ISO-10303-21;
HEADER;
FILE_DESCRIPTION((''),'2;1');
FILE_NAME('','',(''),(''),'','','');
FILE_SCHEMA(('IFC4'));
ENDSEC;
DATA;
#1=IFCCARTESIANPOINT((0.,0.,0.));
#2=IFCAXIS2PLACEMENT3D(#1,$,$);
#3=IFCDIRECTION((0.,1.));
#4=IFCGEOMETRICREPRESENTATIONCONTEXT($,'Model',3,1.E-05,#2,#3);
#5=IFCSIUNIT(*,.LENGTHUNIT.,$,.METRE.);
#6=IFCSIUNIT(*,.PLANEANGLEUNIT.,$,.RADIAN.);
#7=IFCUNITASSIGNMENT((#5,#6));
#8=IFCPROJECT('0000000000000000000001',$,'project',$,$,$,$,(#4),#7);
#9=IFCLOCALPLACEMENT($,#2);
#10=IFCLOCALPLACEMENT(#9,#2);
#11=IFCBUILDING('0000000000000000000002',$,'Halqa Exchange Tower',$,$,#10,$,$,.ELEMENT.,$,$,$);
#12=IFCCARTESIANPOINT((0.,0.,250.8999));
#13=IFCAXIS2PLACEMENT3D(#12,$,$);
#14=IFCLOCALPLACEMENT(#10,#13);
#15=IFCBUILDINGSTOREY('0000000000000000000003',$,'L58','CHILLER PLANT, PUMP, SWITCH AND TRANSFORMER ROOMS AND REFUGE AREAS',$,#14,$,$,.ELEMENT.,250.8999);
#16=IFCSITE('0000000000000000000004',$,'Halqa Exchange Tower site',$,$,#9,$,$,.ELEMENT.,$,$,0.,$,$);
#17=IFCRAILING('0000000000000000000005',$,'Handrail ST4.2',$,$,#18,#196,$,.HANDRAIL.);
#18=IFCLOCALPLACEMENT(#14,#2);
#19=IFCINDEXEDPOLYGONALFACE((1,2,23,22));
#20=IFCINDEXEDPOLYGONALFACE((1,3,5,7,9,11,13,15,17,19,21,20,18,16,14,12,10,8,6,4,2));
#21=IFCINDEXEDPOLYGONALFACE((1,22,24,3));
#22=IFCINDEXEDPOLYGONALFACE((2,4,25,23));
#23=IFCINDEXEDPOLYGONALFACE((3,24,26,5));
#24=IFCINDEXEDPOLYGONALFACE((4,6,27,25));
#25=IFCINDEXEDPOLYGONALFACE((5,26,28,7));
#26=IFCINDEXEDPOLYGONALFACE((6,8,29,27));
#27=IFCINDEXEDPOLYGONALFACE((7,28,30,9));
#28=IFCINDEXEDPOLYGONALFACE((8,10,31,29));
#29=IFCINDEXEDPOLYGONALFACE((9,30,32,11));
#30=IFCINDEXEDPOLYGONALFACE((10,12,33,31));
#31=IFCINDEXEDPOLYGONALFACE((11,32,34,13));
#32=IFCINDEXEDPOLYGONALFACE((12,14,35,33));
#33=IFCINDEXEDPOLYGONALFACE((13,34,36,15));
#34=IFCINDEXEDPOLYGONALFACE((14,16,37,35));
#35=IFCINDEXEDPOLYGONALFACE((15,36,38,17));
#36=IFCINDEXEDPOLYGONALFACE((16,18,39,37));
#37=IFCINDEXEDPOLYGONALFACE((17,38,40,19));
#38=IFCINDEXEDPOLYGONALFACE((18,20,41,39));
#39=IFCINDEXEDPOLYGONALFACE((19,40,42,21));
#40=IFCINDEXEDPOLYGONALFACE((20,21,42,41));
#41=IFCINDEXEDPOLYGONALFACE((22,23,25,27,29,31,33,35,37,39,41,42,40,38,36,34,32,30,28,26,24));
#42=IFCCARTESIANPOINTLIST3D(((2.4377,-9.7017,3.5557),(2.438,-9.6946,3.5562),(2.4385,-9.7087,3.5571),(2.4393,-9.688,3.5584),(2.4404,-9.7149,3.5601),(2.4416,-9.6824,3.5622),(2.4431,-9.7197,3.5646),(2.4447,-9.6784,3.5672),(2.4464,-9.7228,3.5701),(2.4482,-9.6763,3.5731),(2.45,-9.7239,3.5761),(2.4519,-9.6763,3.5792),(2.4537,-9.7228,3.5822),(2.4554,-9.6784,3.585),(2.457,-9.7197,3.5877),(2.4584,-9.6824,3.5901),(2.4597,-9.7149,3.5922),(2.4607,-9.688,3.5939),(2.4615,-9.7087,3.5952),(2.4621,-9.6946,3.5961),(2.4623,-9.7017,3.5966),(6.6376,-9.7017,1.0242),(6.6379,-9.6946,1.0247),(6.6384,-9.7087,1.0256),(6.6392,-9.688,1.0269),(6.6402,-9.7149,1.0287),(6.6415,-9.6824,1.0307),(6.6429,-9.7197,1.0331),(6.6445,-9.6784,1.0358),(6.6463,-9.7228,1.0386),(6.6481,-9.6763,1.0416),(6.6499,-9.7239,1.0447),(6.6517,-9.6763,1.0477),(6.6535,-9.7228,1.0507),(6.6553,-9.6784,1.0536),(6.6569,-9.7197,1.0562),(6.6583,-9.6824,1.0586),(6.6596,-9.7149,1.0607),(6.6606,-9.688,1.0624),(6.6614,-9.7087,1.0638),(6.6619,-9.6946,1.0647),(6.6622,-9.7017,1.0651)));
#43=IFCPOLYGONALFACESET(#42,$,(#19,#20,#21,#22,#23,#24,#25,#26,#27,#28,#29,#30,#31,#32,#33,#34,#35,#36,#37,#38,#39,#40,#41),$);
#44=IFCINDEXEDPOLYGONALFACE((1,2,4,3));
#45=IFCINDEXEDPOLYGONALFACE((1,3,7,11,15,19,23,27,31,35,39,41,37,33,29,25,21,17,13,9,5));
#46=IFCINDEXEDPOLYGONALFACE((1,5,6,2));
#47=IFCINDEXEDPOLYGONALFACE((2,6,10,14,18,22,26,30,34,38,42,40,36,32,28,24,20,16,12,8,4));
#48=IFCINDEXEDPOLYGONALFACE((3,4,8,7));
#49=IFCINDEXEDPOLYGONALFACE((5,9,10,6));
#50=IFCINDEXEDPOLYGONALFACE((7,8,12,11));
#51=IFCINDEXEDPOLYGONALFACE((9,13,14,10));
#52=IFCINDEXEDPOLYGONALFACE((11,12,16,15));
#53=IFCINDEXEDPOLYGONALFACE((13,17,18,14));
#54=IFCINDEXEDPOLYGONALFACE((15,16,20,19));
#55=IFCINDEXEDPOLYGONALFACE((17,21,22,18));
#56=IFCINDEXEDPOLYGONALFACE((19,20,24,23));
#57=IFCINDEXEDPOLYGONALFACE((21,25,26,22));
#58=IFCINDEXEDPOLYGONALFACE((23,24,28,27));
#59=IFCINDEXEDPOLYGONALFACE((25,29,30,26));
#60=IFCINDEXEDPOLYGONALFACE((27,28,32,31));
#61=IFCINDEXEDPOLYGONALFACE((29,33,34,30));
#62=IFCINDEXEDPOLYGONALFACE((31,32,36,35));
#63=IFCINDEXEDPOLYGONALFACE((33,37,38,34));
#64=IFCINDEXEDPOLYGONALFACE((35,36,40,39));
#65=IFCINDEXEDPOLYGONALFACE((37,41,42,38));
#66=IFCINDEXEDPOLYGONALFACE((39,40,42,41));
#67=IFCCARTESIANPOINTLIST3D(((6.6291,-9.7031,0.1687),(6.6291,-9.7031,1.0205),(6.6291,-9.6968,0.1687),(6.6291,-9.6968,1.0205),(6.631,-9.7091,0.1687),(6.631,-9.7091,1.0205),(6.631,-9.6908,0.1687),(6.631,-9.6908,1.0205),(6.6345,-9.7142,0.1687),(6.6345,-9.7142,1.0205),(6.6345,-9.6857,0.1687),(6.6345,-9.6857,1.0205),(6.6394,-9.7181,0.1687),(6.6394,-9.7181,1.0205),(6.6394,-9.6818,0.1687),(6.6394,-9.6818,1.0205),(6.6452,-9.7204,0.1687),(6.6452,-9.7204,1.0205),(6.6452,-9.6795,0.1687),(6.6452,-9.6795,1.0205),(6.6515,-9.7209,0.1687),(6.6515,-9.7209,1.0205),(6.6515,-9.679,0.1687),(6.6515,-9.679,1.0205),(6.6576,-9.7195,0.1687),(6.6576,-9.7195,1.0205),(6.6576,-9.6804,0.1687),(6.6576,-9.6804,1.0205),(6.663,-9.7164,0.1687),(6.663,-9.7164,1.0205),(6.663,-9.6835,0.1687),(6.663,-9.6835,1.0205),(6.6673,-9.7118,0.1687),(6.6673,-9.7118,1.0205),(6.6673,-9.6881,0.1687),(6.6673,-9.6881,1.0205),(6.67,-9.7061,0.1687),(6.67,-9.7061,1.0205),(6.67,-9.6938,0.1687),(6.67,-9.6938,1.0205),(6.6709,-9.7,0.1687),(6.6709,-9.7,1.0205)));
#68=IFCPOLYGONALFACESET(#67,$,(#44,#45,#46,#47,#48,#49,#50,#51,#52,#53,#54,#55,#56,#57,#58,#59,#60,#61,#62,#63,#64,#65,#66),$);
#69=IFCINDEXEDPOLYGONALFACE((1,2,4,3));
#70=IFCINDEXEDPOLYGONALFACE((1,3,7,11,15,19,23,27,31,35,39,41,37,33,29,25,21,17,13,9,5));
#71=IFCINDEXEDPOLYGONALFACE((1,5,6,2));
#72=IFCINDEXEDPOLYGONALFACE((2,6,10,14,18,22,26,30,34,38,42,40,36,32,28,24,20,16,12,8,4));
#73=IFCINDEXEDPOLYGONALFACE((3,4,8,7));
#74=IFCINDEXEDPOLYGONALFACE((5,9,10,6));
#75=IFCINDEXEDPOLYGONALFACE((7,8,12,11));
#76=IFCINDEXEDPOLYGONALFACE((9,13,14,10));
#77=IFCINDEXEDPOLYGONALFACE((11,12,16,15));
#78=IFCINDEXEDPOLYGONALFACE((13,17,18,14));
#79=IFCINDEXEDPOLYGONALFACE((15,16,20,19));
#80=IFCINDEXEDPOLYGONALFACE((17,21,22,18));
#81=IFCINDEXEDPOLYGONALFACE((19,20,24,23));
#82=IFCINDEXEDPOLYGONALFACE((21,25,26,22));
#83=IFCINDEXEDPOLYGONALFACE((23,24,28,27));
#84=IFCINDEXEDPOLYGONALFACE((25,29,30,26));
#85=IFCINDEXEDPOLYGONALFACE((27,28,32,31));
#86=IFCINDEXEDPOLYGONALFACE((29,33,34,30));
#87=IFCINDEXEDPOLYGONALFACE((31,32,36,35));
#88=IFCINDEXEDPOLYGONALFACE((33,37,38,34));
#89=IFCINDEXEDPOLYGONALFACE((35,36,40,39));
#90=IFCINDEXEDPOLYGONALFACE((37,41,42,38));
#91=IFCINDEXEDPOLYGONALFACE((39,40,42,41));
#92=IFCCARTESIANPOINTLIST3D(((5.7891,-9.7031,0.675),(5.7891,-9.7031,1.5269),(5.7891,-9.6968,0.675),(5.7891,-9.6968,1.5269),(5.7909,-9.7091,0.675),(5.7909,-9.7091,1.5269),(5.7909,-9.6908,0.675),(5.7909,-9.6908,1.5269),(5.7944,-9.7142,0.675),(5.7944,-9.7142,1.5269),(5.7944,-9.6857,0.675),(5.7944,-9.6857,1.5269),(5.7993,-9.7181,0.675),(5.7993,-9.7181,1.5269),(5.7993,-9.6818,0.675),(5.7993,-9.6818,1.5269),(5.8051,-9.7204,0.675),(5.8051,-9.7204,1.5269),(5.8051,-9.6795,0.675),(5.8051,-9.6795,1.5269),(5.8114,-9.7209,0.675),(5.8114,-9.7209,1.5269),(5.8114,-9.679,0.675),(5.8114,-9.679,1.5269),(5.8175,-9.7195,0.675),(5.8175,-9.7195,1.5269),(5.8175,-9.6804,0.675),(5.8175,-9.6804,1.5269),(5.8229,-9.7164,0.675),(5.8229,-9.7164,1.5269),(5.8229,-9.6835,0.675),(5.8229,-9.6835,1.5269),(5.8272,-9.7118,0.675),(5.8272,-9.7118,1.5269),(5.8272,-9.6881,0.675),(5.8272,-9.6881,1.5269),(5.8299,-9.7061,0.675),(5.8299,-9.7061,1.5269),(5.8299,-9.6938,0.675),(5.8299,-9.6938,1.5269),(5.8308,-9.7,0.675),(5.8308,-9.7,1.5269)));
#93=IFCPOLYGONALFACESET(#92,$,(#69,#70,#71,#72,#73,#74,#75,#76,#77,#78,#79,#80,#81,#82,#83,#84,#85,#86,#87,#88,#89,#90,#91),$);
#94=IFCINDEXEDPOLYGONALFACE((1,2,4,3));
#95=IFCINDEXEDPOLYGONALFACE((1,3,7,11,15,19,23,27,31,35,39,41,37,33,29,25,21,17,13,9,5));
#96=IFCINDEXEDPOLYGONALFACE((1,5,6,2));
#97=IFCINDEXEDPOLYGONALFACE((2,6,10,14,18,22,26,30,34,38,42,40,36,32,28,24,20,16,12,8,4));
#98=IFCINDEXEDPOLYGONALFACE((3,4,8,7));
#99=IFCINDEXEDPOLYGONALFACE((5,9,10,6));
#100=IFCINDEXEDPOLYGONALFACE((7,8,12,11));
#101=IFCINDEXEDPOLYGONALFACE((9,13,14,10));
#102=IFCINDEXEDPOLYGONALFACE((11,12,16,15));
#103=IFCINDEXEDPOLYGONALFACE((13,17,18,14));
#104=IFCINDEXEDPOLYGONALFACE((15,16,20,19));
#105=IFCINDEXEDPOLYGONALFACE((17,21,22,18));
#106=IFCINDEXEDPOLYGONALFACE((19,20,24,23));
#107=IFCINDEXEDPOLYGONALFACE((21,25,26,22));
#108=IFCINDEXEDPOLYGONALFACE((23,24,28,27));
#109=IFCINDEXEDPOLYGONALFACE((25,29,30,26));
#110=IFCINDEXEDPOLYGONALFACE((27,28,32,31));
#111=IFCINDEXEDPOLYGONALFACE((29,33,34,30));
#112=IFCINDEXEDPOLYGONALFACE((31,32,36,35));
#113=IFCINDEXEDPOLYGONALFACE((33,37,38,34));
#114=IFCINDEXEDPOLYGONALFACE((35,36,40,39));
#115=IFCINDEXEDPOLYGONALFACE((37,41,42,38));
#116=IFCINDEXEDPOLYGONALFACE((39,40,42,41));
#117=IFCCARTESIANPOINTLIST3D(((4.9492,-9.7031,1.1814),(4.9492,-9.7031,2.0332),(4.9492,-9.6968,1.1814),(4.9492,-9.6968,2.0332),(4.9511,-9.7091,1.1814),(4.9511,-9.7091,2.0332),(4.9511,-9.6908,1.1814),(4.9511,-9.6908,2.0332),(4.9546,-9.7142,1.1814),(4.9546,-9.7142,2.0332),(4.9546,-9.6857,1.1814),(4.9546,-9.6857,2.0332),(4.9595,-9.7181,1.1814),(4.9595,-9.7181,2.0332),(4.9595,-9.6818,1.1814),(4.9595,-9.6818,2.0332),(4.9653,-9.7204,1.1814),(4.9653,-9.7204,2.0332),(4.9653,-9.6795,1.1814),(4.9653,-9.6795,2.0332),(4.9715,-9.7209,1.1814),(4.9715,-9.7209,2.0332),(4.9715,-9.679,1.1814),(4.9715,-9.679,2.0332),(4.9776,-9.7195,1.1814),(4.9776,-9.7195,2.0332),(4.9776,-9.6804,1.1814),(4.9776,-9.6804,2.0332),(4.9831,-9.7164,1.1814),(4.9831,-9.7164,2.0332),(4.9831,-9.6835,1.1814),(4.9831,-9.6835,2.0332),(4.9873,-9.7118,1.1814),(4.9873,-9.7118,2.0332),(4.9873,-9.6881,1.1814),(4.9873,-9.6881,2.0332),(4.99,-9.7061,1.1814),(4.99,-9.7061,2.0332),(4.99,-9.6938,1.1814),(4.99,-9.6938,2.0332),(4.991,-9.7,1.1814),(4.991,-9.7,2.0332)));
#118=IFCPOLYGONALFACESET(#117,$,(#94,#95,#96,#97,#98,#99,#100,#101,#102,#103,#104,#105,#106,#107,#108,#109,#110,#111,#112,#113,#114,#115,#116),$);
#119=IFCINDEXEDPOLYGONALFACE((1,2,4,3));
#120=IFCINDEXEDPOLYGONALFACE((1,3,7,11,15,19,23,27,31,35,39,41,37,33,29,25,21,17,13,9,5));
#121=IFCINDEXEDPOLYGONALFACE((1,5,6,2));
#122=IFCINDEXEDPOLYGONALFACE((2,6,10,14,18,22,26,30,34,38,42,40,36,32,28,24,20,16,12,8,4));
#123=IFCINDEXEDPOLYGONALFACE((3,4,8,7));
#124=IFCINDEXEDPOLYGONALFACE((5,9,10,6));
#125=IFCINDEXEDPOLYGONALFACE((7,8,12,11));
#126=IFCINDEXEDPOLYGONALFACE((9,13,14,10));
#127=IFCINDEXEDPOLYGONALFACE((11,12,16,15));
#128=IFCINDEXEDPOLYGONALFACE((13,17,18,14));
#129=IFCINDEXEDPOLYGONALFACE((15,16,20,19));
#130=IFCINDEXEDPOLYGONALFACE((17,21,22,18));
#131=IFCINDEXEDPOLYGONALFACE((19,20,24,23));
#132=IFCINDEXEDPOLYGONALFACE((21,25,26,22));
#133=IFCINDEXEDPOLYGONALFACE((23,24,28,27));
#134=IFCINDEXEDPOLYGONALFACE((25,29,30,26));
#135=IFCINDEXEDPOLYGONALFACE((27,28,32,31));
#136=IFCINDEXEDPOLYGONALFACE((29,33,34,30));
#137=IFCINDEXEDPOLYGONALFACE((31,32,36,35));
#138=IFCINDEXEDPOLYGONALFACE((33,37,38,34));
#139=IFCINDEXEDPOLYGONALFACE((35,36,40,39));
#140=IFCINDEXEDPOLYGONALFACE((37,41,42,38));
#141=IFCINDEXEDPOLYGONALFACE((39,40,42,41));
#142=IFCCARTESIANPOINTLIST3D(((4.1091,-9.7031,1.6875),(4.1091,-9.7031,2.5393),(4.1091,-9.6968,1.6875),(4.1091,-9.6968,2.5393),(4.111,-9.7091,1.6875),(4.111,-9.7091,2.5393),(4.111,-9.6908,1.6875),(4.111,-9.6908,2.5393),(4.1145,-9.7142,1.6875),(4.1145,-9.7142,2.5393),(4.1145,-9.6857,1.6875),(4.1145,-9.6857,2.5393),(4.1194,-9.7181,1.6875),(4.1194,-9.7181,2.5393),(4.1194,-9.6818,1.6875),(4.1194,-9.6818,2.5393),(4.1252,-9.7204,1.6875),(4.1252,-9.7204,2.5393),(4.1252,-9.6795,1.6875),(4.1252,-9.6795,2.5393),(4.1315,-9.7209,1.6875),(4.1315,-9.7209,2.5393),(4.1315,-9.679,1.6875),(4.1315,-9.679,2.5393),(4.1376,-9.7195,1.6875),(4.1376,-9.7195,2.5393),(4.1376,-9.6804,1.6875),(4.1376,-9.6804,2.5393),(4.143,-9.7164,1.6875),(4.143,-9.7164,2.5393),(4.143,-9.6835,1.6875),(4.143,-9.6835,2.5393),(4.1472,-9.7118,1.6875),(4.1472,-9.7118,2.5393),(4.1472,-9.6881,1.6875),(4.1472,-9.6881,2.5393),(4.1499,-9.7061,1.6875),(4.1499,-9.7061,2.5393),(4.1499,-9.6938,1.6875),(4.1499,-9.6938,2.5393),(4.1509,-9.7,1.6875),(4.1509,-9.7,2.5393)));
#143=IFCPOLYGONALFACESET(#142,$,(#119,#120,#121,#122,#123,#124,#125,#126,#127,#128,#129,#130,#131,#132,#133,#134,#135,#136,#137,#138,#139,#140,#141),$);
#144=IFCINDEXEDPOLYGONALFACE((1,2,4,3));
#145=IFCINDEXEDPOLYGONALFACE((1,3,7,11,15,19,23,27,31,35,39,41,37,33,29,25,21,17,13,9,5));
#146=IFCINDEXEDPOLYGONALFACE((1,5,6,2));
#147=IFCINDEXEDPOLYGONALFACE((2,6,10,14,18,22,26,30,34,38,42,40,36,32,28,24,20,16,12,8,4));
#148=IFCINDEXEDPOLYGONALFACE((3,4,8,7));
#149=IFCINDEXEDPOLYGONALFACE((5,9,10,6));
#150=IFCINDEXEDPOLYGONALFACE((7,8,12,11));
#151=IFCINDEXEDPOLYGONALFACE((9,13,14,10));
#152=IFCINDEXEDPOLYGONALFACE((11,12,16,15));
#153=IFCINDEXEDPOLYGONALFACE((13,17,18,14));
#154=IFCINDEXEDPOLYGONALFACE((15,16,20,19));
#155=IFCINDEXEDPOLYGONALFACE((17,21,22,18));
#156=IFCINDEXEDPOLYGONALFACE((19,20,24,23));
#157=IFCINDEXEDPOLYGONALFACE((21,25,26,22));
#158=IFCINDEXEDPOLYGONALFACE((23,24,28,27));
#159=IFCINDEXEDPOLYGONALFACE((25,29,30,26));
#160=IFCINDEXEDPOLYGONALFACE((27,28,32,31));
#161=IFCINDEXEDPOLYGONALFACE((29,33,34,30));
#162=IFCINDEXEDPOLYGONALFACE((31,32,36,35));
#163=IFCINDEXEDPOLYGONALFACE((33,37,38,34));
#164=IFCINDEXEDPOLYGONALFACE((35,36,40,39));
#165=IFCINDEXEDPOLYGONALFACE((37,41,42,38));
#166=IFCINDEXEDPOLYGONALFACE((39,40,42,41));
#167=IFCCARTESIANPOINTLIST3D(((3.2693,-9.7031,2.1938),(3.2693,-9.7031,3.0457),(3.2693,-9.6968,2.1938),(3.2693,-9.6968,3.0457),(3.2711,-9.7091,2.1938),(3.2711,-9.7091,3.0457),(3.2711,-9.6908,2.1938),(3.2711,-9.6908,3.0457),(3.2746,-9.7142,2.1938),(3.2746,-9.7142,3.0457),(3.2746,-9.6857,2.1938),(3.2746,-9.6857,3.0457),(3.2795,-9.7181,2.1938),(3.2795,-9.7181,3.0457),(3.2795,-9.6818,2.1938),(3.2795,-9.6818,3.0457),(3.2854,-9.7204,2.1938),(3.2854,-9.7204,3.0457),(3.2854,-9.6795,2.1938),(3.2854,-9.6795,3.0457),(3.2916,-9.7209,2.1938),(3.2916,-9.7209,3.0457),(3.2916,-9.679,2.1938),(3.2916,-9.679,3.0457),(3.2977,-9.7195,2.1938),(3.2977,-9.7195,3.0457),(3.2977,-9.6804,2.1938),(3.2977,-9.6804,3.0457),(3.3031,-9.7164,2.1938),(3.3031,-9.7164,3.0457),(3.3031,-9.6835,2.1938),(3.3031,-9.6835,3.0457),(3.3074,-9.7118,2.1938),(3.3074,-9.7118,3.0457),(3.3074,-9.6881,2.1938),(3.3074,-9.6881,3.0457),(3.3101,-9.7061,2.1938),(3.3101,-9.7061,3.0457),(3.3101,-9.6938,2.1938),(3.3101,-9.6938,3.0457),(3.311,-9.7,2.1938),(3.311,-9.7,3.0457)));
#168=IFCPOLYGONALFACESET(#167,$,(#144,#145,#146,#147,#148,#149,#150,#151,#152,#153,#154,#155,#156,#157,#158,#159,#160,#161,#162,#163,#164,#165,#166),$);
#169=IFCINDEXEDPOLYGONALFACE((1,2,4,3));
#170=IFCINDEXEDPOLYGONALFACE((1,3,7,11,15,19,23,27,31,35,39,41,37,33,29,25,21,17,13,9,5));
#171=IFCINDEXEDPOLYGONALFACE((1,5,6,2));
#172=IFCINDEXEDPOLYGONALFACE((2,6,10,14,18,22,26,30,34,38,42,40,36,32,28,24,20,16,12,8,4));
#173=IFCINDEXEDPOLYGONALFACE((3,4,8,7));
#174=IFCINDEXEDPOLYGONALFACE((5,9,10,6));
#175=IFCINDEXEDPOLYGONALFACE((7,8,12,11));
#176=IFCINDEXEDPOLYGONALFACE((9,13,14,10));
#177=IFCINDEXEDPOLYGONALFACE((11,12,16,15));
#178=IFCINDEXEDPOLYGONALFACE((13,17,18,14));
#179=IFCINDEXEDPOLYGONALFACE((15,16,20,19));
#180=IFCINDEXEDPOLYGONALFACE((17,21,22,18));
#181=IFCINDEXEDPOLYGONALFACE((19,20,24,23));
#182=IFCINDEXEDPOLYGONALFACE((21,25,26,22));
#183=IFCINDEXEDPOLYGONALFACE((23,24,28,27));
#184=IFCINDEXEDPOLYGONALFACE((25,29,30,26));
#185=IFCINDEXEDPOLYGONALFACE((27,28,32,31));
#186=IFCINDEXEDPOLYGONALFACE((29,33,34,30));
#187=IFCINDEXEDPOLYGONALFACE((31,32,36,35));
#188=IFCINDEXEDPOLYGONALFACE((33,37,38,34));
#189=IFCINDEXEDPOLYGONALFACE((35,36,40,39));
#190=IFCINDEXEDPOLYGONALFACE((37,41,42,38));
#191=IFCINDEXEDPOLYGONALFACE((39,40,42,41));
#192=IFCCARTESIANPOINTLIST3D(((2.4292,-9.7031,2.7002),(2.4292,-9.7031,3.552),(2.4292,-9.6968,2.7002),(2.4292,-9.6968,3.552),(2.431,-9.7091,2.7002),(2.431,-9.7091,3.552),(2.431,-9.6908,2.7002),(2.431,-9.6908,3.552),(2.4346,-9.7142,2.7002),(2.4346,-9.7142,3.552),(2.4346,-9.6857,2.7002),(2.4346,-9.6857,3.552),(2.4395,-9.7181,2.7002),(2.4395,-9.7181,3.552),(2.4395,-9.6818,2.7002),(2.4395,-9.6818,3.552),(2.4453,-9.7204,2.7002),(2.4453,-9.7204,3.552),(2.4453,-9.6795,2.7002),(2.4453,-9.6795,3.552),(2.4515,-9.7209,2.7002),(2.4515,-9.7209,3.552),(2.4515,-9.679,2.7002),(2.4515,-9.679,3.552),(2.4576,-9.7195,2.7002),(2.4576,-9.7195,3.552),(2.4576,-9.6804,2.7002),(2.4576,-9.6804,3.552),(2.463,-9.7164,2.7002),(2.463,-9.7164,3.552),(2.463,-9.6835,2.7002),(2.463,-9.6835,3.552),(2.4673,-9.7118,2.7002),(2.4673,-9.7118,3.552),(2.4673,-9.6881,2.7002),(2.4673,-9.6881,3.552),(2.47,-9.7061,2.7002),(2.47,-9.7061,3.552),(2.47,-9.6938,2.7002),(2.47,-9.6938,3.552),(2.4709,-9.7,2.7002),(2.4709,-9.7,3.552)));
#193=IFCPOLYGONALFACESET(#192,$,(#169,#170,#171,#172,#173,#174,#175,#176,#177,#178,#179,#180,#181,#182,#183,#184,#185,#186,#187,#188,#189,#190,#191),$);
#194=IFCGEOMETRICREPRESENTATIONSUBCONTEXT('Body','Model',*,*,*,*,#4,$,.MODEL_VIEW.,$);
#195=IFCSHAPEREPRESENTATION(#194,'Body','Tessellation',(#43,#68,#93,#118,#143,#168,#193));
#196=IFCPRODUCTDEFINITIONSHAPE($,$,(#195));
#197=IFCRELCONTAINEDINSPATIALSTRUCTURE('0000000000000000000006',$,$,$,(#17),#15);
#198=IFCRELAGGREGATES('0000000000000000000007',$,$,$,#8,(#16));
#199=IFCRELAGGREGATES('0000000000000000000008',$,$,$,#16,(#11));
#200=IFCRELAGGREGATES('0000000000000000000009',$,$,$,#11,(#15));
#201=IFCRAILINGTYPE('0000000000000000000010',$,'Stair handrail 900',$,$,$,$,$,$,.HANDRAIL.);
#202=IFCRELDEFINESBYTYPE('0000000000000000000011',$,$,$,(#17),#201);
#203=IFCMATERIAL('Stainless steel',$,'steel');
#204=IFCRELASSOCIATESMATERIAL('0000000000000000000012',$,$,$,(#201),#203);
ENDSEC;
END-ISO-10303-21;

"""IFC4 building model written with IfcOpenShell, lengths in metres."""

from ifc_helpers import new_model, si_unit, direction, frame, origin, origin_2d, place, context, subcontext, project, spatial, circle, extrude, material, type_object, element, save


model = new_model("IFC4")

# Units and contexts
model_context = context("Model", 3, precision=1e-05, world=origin(), true_north=direction((0.0, 1.0)))
body_context = subcontext(model_context, "Body", "Model", "MODEL_VIEW")
ifc_project = project(units=[si_unit("LENGTHUNIT", "METRE"), si_unit("PLANEANGLEUNIT", "RADIAN")], contexts=[model_context])

# Site, building, storey
site_placement = place(None, origin())
site = spatial("IfcSite", under=ifc_project, at=site_placement, Name="Halqa Exchange Tower site", CompositionType="ELEMENT", RefElevation=0.0)
building_placement = place(site_placement, origin())
building = spatial("IfcBuilding", under=site, at=building_placement, Name="Halqa Exchange Tower", CompositionType="ELEMENT")
storey_placement = place(building_placement, frame((0.0, 0.0, 250.8999)))
storey = spatial("IfcBuildingStorey", under=building, at=storey_placement, Name="L58", Description="CHILLER PLANT, PUMP, SWITCH AND TRANSFORMER ROOMS AND REFUGE AREAS", CompositionType="ELEMENT", Elevation=250.8999)

# Railing
ifc_material_1 = material(Name="Stainless steel", Category="steel")
railing_type_1 = type_object("IfcRailingType", Name="Stair handrail 900", PredefinedType="HANDRAIL", material=ifc_material_1)
railing_1_placement = place(storey_placement, frame((6.6499, -9.7, 0.1687)))
element("IfcRailing", 1, at=railing_1_placement, inside=storey, type_object=railing_type_1, Name="Handrail ST4.2", PredefinedType="HANDRAIL", context=body_context, shape_type="SweptSolid", body=[
    extrude(circle(Radius=0.0239, at=origin_2d()), frame((0.0, 0.0, 0.876), z_axis=(-0.856454, 0.0, 0.516223), x_axis=(0.0, -1.0, 0.0)), (0.0, 0.0, 1.0), 4.9038),
    extrude(circle(Radius=0.021, at=origin_2d()), origin(), (0.0, 0.0, 1.0), 0.8518),
    extrude(circle(Radius=0.021, at=origin_2d()), frame((-0.8401, 0.0, 0.5063)), (0.0, 0.0, 1.0), 0.8518),
    extrude(circle(Radius=0.021, at=origin_2d()), frame((-1.6799, 0.0, 1.0127)), (0.0, 0.0, 1.0), 0.8518),
    extrude(circle(Radius=0.021, at=origin_2d()), frame((-2.52, 0.0, 1.5188)), (0.0, 0.0, 1.0), 0.8518),
    extrude(circle(Radius=0.021, at=origin_2d()), frame((-3.3599, 0.0, 2.0251)), (0.0, 0.0, 1.0), 0.8518),
    extrude(circle(Radius=0.021, at=origin_2d()), frame((-4.2, 0.0, 2.5315)), (0.0, 0.0, 1.0), 0.8518),
])

save(model, "model.ifc")
